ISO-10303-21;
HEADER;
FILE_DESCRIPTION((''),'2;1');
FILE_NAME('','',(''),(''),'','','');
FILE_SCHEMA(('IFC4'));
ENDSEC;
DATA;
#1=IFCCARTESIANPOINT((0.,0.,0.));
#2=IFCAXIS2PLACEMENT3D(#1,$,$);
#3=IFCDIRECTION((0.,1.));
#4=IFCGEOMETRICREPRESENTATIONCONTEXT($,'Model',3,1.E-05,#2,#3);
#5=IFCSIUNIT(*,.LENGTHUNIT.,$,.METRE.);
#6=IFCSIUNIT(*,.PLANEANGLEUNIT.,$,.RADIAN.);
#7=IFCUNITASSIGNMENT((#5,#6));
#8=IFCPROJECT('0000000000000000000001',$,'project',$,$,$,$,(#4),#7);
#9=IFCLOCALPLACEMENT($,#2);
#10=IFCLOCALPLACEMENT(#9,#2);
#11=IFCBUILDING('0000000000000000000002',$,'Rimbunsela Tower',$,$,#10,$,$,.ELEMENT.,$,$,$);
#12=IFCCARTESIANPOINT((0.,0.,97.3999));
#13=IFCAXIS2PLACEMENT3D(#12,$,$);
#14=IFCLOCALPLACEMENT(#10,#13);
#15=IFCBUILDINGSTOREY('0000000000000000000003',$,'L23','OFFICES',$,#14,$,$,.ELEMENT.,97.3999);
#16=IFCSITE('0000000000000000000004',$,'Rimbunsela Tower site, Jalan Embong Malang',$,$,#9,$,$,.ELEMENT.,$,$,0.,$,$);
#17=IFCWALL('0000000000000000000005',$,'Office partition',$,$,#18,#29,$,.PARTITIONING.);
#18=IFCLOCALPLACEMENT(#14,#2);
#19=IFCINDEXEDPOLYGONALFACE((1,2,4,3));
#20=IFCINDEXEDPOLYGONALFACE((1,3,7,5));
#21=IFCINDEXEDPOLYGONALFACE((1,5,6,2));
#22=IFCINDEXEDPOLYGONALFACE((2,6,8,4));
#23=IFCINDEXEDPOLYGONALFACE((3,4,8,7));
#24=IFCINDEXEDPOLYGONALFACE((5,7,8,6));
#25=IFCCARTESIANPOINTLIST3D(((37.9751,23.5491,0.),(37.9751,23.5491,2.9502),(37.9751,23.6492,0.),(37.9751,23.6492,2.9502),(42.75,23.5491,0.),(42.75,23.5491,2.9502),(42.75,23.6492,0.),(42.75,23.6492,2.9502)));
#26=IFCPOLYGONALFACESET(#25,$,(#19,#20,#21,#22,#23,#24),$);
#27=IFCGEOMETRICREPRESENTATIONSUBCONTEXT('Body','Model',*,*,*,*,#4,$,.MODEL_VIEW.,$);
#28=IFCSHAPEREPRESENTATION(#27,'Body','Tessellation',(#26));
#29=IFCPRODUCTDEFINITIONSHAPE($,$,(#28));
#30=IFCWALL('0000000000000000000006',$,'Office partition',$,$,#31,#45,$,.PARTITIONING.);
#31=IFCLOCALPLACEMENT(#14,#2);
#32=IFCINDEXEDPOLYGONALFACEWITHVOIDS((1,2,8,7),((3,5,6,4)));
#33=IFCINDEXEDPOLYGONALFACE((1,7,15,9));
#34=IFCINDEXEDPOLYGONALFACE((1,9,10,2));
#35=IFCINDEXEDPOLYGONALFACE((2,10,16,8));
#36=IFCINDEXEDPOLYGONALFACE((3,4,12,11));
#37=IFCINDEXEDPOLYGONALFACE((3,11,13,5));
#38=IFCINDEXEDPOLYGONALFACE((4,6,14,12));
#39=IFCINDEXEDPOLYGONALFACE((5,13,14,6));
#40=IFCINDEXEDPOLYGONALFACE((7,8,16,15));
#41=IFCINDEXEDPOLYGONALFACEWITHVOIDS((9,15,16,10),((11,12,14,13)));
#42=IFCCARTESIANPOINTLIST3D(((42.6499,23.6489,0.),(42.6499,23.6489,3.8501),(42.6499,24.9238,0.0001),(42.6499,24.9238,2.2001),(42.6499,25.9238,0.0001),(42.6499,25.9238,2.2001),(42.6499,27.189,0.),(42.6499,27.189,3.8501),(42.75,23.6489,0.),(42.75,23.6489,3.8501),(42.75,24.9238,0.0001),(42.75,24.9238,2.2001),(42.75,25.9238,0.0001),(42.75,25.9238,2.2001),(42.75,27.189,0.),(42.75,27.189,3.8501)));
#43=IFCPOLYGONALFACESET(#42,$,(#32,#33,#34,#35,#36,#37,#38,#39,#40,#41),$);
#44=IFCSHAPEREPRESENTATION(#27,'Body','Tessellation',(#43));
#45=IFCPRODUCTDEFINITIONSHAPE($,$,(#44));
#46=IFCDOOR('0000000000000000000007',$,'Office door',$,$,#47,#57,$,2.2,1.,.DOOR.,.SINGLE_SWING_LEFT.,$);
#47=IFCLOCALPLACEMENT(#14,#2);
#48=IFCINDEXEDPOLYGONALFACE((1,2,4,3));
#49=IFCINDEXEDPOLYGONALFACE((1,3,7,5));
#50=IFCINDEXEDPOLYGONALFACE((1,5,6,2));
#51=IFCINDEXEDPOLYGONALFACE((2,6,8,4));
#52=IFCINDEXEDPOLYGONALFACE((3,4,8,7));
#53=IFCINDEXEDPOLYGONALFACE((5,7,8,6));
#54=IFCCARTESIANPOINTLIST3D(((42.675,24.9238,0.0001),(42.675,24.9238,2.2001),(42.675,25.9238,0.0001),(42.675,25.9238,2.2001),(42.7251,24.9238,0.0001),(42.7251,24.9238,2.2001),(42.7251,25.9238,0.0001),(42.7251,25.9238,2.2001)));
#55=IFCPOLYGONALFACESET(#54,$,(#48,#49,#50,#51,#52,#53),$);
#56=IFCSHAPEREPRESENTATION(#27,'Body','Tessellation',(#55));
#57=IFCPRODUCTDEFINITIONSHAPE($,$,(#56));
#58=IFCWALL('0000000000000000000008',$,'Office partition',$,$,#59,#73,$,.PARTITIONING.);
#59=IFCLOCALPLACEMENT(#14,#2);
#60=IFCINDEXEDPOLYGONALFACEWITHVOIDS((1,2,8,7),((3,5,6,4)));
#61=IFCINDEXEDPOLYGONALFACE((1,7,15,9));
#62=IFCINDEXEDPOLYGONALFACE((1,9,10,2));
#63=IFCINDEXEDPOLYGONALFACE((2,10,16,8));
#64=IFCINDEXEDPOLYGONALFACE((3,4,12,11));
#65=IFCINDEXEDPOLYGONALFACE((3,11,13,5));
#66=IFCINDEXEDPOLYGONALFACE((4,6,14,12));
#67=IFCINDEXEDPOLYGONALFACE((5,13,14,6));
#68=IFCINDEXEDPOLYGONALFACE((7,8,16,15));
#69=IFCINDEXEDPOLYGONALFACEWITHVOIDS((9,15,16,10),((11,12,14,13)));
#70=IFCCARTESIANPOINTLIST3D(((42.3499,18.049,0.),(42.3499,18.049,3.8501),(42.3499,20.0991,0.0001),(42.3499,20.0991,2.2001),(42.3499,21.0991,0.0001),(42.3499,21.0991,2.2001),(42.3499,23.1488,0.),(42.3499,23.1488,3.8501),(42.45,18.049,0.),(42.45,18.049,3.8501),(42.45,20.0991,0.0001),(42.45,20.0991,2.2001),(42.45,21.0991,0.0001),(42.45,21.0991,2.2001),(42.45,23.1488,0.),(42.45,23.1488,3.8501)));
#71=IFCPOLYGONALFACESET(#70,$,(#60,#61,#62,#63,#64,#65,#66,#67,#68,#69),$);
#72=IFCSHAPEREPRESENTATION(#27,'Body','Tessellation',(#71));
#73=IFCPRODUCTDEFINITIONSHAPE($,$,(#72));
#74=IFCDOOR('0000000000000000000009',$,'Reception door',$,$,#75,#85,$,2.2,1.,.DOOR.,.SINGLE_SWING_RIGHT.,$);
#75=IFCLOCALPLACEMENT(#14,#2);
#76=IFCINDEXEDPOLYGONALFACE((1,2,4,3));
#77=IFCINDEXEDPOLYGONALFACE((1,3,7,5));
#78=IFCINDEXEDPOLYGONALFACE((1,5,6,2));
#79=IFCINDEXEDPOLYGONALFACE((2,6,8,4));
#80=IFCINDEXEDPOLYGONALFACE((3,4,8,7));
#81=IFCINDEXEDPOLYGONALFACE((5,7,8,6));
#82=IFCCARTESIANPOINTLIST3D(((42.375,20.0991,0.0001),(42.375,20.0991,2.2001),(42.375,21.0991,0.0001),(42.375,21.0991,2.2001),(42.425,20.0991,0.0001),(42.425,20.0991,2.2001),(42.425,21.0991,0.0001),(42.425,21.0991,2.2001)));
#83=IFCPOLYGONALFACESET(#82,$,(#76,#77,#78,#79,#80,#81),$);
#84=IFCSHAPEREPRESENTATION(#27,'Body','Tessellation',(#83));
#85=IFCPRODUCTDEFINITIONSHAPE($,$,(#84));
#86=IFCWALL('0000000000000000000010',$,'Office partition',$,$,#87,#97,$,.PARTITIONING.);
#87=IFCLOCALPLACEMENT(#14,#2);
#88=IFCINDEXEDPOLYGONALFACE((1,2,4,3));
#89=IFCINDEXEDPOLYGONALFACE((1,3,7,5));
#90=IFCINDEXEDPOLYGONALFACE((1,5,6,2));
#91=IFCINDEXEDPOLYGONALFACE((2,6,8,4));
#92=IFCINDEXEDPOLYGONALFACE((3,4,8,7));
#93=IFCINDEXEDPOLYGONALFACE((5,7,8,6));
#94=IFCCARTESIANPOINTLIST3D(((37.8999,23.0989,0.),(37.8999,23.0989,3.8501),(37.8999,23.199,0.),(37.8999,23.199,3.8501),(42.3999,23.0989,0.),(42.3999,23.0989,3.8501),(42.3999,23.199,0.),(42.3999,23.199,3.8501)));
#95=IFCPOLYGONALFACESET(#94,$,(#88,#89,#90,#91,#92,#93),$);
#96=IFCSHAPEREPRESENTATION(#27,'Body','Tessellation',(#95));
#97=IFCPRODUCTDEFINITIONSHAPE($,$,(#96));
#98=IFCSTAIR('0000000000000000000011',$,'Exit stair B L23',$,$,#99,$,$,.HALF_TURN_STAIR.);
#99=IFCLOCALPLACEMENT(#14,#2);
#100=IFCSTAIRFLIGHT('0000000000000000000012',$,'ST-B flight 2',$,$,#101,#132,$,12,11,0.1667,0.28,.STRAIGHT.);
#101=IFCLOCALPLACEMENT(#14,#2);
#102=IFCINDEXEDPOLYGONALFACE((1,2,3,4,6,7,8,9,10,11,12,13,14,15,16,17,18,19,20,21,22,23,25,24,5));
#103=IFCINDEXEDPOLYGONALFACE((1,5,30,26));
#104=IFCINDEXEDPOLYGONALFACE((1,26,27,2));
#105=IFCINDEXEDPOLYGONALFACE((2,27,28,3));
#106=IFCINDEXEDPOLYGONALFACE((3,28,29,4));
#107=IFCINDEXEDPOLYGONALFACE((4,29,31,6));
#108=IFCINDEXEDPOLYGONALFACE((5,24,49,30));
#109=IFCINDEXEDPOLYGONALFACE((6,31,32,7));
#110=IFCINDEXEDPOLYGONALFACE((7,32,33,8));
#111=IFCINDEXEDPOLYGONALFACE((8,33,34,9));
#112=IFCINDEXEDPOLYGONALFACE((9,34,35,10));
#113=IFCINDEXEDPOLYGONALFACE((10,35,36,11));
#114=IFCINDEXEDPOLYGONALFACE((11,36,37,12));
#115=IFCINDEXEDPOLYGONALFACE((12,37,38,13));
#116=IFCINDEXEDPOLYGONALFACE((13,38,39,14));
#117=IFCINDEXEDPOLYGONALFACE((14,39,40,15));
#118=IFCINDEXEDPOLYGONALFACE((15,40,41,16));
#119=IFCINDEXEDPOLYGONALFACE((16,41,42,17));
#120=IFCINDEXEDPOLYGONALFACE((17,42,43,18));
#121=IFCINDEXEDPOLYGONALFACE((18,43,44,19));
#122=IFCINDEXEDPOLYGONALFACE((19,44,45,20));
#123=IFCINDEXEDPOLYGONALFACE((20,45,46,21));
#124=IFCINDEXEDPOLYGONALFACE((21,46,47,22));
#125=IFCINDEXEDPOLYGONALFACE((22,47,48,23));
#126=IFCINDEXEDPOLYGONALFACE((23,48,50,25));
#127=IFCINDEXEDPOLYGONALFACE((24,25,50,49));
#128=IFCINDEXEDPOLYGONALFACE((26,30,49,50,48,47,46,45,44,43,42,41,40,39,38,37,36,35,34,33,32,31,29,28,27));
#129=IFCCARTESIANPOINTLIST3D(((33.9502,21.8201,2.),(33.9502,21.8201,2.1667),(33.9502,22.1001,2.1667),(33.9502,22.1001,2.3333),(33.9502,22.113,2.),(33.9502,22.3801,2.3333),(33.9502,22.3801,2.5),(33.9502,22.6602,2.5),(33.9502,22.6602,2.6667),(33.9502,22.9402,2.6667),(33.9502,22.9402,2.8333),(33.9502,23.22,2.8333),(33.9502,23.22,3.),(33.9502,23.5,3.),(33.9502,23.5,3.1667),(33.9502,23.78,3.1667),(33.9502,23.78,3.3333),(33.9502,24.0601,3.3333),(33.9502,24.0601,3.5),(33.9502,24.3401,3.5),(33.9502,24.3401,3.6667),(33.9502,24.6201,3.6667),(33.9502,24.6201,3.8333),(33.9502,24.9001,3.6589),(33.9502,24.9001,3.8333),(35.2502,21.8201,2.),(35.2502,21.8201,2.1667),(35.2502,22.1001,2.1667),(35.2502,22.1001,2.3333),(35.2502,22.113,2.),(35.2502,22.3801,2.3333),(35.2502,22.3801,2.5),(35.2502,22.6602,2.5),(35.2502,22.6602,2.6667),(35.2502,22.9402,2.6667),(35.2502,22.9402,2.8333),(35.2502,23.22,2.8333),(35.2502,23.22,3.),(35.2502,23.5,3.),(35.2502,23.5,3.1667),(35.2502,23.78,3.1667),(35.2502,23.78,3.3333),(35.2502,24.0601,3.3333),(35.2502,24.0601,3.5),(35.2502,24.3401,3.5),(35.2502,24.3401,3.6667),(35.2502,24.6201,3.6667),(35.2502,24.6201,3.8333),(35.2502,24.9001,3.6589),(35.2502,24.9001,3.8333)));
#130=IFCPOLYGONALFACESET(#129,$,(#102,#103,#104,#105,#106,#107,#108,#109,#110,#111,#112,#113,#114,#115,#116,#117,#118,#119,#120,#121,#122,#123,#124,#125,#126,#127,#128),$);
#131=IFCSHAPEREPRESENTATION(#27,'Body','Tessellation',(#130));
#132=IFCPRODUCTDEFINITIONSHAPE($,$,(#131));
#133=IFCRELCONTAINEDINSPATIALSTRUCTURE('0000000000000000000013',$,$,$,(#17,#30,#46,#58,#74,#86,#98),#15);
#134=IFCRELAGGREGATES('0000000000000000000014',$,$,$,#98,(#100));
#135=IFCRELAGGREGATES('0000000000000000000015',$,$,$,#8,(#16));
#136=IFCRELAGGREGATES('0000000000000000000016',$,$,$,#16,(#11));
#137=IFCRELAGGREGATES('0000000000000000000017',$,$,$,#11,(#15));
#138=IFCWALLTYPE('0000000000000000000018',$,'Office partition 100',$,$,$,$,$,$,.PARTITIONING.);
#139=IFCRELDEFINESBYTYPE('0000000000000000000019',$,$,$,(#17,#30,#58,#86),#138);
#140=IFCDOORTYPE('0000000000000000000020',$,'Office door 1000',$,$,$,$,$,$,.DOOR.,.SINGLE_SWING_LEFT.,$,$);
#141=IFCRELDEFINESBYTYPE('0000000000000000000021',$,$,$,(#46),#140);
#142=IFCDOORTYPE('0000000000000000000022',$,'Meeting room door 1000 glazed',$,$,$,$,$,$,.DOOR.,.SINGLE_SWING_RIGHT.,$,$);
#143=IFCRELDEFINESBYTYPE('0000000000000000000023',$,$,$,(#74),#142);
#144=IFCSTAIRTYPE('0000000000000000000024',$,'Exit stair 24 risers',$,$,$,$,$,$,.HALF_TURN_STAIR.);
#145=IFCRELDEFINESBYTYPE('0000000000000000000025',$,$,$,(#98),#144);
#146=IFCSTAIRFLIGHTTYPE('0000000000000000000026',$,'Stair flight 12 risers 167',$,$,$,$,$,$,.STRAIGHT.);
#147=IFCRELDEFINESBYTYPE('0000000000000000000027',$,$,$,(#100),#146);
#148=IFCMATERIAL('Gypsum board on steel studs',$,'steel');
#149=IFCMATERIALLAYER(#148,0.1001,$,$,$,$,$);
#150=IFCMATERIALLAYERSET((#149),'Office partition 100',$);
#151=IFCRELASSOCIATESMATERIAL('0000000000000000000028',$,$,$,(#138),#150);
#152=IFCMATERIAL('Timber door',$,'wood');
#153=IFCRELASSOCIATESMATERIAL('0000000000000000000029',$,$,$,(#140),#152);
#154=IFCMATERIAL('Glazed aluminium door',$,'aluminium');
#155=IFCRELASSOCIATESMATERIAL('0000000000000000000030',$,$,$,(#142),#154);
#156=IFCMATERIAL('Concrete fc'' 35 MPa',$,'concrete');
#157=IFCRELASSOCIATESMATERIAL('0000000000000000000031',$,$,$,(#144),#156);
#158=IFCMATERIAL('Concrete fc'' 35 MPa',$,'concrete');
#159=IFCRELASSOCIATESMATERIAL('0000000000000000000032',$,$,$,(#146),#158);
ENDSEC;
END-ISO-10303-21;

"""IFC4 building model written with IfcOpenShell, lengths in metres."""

from ifc_helpers import new_model, si_unit, direction, frame, frame_2d, origin, place, context, subcontext, project, spatial, polyline, rectangle, outline, extrude, material, layer, layer_set, type_object, element, fill, aggregate, save


model = new_model("IFC4")

# Units and contexts
model_context = context("Model", 3, precision=1e-05, world=origin(), true_north=direction((0.0, 1.0)))
body_context = subcontext(model_context, "Body", "Model", "MODEL_VIEW")
ifc_project = project(units=[si_unit("LENGTHUNIT", "METRE"), si_unit("PLANEANGLEUNIT", "RADIAN")], contexts=[model_context])

# Site, building, storey
site_placement = place(None, origin())
site = spatial("IfcSite", under=ifc_project, at=site_placement, Name="Rimbunsela Tower site, Jalan Embong Malang", CompositionType="ELEMENT", RefElevation=0.0)
building_placement = place(site_placement, origin())
building = spatial("IfcBuilding", under=site, at=building_placement, Name="Rimbunsela Tower", CompositionType="ELEMENT")
storey_placement = place(building_placement, frame((0.0, 0.0, 97.3999)))
storey = spatial("IfcBuildingStorey", under=building, at=storey_placement, Name="L23", Description="OFFICES", CompositionType="ELEMENT", Elevation=97.3999)

# Wall
ifc_material_1 = material(Name="Gypsum board on steel studs", Category="steel")
ifc_layer_1 = layer(ifc_material_1, 0.1001)
ifc_layer_set_1 = layer_set([ifc_layer_1], Name="Office partition 100")
wall_type_1 = type_object("IfcWallType", Name="Office partition 100", PredefinedType="PARTITIONING", material=ifc_layer_set_1)
wall_1_placement = place(storey_placement, frame((37.9751, 23.5991, 0.0), z_axis=(0.0, 0.0, 1.0), x_axis=(1.0, 0.0, 0.0)))
element("IfcWall", 1, at=wall_1_placement, inside=storey, type_object=wall_type_1, Name="Office partition", PredefinedType="PARTITIONING", context=body_context, shape_type="SweptSolid", body=[
    extrude(rectangle(XDim=4.7749, YDim=0.1001, at=frame_2d((2.3875, 0.0))), origin(), (0.0, 0.0, 1.0), 2.9502),
])

# Walls, openings, doors
wall_2_placement = place(storey_placement, frame((42.7, 23.6489, 0.0), z_axis=(0.0, 0.0, 1.0), x_axis=(0.0, 1.0, 0.0)))
wall_2 = element("IfcWall", 2, at=wall_2_placement, inside=storey, type_object=wall_type_1, Name="Office partition", PredefinedType="PARTITIONING", context=body_context, shape_type="SweptSolid", body=[
    extrude(rectangle(XDim=3.54, YDim=0.1001, at=frame_2d((1.77, 0.0))), origin(), (0.0, 0.0, 1.0), 3.8501),
])
opening_1_placement = place(wall_2_placement, frame((1.2749, 0.0, 0.0)))
opening_1 = element("IfcOpeningElement", 3, at=opening_1_placement, cuts=wall_2, PredefinedType="OPENING", context=body_context, shape_type="SweptSolid", body=[
    extrude(rectangle(XDim=1.0, YDim=2.2, at=frame_2d((0.5, 1.1001))), frame((0.0, 0.0601, 0.0), z_axis=(0.0, -1.0, 0.0), x_axis=(1.0, 0.0, 0.0)), (0.0, 0.0, 1.0), 0.1201),
])
ifc_material_2 = material(Name="Timber door", Category="wood")
door_type_1 = type_object("IfcDoorType", Name="Office door 1000", OperationType="SINGLE_SWING_LEFT", PredefinedType="DOOR", material=ifc_material_2)
door_1_placement = place(opening_1_placement, origin())
door_1 = element("IfcDoor", 4, at=door_1_placement, inside=storey, type_object=door_type_1, Name="Office door", OperationType="SINGLE_SWING_LEFT", OverallHeight=2.2, OverallWidth=1.0, PredefinedType="DOOR", context=body_context, shape_type="SweptSolid", body=[
    extrude(rectangle(XDim=1.0, YDim=2.2, at=frame_2d((0.5, 1.1001))), frame((0.0, 0.0249, 0.0), z_axis=(0.0, -1.0, 0.0), x_axis=(1.0, 0.0, 0.0)), (0.0, 0.0, 1.0), 0.05),
])
fill(opening_1, door_1)
wall_3_placement = place(storey_placement, frame((42.3999, 18.0491, 0.0), z_axis=(0.0, 0.0, 1.0), x_axis=(0.0, 1.0, 0.0)))
wall_3 = element("IfcWall", 5, at=wall_3_placement, inside=storey, type_object=wall_type_1, Name="Office partition", PredefinedType="PARTITIONING", context=body_context, shape_type="SweptSolid", body=[
    extrude(rectangle(XDim=5.0999, YDim=0.1001, at=frame_2d((2.5498, 0.0))), origin(), (0.0, 0.0, 1.0), 3.8501),
])
opening_2_placement = place(wall_3_placement, frame((2.05, 0.0, 0.0)))
opening_2 = element("IfcOpeningElement", 6, at=opening_2_placement, cuts=wall_3, PredefinedType="OPENING", context=body_context, shape_type="SweptSolid", body=[
    extrude(rectangle(XDim=1.0, YDim=2.2, at=frame_2d((0.5, 1.1001))), frame((0.0, 0.0601, 0.0), z_axis=(0.0, -1.0, 0.0), x_axis=(1.0, 0.0, 0.0)), (0.0, 0.0, 1.0), 0.1201),
])
ifc_material_3 = material(Name="Glazed aluminium door", Category="aluminium")
door_type_2 = type_object("IfcDoorType", Name="Meeting room door 1000 glazed", OperationType="SINGLE_SWING_RIGHT", PredefinedType="DOOR", material=ifc_material_3)
door_2_placement = place(opening_2_placement, origin())
door_2 = element("IfcDoor", 7, at=door_2_placement, inside=storey, type_object=door_type_2, Name="Reception door", OperationType="SINGLE_SWING_RIGHT", OverallHeight=2.2, OverallWidth=1.0, PredefinedType="DOOR", context=body_context, shape_type="SweptSolid", body=[
    extrude(rectangle(XDim=1.0, YDim=2.2, at=frame_2d((0.5, 1.1001))), frame((0.0, 0.0249, 0.0), z_axis=(0.0, -1.0, 0.0), x_axis=(1.0, 0.0, 0.0)), (0.0, 0.0, 1.0), 0.05),
])
fill(opening_2, door_2)

# Wall
wall_4_placement = place(storey_placement, frame((42.3999, 23.1489, 0.0), z_axis=(0.0, 0.0, 1.0), x_axis=(-1.0, 0.0, 0.0)))
element("IfcWall", 8, at=wall_4_placement, inside=storey, type_object=wall_type_1, Name="Office partition", PredefinedType="PARTITIONING", context=body_context, shape_type="SweptSolid", body=[
    extrude(rectangle(XDim=4.5, YDim=0.1001, at=frame_2d((2.25, 0.0))), origin(), (0.0, 0.0, 1.0), 3.8501),
])

# Stair, stair flight
ifc_material_4 = material(Name="Concrete fc' 35 MPa", Category="concrete")
stair_type = type_object("IfcStairType", Name="Exit stair 24 risers", PredefinedType="HALF_TURN_STAIR", material=ifc_material_4)
stair_placement = place(storey_placement, origin())
stair = element("IfcStair", 9, at=stair_placement, inside=storey, type_object=stair_type, Name="Exit stair B L23", PredefinedType="HALF_TURN_STAIR")
ifc_material_5 = material(Name="Concrete fc' 35 MPa", Category="concrete")
stair_flight_type = type_object("IfcStairFlightType", Name="Stair flight 12 risers 167", PredefinedType="STRAIGHT", material=ifc_material_5)
stair_flight_placement = place(storey_placement, frame((34.6001, 21.8201, 2.0), z_axis=(0.0, 0.0, 1.0), x_axis=(0.0, 1.0, 0.0)))
stair_flight = element("IfcStairFlight", 10, at=stair_flight_placement, type_object=stair_flight_type, Name="ST-B flight 2", NumberOfRisers=12, NumberOfTreads=11, PredefinedType="STRAIGHT", RiserHeight=0.1667, TreadLength=0.28, context=body_context, shape_type="SweptSolid", body=[
    extrude(outline(polyline([(0.0, 0.0), (0.0, 0.1667), (0.28, 0.1667), (0.28, 0.3333), (0.5601, 0.3333), (0.5601, 0.5), (0.8401, 0.5), (0.8401, 0.6667), (1.1201, 0.6667), (1.1201, 0.8333), (1.3999, 0.8333), (1.3999, 1.0), (1.6799, 1.0), (1.6799, 1.1667), (1.96, 1.1667), (1.96, 1.3333), (2.24, 1.3333), (2.24, 1.5), (2.52, 1.5), (2.52, 1.6667), (2.8, 1.6667), (2.8, 1.8333), (3.0801, 1.8333), (3.0801, 2.0), (3.0801, 1.6589), (0.293, 0.0), (0.0, 0.0)])), frame((0.0, 0.6499, 0.0), z_axis=(0.0, -1.0, 0.0), x_axis=(1.0, 0.0, 0.0)), (0.0, 0.0, 1.0), 1.3),
])
aggregate(stair, [stair_flight])

save(model, "model.ifc")
